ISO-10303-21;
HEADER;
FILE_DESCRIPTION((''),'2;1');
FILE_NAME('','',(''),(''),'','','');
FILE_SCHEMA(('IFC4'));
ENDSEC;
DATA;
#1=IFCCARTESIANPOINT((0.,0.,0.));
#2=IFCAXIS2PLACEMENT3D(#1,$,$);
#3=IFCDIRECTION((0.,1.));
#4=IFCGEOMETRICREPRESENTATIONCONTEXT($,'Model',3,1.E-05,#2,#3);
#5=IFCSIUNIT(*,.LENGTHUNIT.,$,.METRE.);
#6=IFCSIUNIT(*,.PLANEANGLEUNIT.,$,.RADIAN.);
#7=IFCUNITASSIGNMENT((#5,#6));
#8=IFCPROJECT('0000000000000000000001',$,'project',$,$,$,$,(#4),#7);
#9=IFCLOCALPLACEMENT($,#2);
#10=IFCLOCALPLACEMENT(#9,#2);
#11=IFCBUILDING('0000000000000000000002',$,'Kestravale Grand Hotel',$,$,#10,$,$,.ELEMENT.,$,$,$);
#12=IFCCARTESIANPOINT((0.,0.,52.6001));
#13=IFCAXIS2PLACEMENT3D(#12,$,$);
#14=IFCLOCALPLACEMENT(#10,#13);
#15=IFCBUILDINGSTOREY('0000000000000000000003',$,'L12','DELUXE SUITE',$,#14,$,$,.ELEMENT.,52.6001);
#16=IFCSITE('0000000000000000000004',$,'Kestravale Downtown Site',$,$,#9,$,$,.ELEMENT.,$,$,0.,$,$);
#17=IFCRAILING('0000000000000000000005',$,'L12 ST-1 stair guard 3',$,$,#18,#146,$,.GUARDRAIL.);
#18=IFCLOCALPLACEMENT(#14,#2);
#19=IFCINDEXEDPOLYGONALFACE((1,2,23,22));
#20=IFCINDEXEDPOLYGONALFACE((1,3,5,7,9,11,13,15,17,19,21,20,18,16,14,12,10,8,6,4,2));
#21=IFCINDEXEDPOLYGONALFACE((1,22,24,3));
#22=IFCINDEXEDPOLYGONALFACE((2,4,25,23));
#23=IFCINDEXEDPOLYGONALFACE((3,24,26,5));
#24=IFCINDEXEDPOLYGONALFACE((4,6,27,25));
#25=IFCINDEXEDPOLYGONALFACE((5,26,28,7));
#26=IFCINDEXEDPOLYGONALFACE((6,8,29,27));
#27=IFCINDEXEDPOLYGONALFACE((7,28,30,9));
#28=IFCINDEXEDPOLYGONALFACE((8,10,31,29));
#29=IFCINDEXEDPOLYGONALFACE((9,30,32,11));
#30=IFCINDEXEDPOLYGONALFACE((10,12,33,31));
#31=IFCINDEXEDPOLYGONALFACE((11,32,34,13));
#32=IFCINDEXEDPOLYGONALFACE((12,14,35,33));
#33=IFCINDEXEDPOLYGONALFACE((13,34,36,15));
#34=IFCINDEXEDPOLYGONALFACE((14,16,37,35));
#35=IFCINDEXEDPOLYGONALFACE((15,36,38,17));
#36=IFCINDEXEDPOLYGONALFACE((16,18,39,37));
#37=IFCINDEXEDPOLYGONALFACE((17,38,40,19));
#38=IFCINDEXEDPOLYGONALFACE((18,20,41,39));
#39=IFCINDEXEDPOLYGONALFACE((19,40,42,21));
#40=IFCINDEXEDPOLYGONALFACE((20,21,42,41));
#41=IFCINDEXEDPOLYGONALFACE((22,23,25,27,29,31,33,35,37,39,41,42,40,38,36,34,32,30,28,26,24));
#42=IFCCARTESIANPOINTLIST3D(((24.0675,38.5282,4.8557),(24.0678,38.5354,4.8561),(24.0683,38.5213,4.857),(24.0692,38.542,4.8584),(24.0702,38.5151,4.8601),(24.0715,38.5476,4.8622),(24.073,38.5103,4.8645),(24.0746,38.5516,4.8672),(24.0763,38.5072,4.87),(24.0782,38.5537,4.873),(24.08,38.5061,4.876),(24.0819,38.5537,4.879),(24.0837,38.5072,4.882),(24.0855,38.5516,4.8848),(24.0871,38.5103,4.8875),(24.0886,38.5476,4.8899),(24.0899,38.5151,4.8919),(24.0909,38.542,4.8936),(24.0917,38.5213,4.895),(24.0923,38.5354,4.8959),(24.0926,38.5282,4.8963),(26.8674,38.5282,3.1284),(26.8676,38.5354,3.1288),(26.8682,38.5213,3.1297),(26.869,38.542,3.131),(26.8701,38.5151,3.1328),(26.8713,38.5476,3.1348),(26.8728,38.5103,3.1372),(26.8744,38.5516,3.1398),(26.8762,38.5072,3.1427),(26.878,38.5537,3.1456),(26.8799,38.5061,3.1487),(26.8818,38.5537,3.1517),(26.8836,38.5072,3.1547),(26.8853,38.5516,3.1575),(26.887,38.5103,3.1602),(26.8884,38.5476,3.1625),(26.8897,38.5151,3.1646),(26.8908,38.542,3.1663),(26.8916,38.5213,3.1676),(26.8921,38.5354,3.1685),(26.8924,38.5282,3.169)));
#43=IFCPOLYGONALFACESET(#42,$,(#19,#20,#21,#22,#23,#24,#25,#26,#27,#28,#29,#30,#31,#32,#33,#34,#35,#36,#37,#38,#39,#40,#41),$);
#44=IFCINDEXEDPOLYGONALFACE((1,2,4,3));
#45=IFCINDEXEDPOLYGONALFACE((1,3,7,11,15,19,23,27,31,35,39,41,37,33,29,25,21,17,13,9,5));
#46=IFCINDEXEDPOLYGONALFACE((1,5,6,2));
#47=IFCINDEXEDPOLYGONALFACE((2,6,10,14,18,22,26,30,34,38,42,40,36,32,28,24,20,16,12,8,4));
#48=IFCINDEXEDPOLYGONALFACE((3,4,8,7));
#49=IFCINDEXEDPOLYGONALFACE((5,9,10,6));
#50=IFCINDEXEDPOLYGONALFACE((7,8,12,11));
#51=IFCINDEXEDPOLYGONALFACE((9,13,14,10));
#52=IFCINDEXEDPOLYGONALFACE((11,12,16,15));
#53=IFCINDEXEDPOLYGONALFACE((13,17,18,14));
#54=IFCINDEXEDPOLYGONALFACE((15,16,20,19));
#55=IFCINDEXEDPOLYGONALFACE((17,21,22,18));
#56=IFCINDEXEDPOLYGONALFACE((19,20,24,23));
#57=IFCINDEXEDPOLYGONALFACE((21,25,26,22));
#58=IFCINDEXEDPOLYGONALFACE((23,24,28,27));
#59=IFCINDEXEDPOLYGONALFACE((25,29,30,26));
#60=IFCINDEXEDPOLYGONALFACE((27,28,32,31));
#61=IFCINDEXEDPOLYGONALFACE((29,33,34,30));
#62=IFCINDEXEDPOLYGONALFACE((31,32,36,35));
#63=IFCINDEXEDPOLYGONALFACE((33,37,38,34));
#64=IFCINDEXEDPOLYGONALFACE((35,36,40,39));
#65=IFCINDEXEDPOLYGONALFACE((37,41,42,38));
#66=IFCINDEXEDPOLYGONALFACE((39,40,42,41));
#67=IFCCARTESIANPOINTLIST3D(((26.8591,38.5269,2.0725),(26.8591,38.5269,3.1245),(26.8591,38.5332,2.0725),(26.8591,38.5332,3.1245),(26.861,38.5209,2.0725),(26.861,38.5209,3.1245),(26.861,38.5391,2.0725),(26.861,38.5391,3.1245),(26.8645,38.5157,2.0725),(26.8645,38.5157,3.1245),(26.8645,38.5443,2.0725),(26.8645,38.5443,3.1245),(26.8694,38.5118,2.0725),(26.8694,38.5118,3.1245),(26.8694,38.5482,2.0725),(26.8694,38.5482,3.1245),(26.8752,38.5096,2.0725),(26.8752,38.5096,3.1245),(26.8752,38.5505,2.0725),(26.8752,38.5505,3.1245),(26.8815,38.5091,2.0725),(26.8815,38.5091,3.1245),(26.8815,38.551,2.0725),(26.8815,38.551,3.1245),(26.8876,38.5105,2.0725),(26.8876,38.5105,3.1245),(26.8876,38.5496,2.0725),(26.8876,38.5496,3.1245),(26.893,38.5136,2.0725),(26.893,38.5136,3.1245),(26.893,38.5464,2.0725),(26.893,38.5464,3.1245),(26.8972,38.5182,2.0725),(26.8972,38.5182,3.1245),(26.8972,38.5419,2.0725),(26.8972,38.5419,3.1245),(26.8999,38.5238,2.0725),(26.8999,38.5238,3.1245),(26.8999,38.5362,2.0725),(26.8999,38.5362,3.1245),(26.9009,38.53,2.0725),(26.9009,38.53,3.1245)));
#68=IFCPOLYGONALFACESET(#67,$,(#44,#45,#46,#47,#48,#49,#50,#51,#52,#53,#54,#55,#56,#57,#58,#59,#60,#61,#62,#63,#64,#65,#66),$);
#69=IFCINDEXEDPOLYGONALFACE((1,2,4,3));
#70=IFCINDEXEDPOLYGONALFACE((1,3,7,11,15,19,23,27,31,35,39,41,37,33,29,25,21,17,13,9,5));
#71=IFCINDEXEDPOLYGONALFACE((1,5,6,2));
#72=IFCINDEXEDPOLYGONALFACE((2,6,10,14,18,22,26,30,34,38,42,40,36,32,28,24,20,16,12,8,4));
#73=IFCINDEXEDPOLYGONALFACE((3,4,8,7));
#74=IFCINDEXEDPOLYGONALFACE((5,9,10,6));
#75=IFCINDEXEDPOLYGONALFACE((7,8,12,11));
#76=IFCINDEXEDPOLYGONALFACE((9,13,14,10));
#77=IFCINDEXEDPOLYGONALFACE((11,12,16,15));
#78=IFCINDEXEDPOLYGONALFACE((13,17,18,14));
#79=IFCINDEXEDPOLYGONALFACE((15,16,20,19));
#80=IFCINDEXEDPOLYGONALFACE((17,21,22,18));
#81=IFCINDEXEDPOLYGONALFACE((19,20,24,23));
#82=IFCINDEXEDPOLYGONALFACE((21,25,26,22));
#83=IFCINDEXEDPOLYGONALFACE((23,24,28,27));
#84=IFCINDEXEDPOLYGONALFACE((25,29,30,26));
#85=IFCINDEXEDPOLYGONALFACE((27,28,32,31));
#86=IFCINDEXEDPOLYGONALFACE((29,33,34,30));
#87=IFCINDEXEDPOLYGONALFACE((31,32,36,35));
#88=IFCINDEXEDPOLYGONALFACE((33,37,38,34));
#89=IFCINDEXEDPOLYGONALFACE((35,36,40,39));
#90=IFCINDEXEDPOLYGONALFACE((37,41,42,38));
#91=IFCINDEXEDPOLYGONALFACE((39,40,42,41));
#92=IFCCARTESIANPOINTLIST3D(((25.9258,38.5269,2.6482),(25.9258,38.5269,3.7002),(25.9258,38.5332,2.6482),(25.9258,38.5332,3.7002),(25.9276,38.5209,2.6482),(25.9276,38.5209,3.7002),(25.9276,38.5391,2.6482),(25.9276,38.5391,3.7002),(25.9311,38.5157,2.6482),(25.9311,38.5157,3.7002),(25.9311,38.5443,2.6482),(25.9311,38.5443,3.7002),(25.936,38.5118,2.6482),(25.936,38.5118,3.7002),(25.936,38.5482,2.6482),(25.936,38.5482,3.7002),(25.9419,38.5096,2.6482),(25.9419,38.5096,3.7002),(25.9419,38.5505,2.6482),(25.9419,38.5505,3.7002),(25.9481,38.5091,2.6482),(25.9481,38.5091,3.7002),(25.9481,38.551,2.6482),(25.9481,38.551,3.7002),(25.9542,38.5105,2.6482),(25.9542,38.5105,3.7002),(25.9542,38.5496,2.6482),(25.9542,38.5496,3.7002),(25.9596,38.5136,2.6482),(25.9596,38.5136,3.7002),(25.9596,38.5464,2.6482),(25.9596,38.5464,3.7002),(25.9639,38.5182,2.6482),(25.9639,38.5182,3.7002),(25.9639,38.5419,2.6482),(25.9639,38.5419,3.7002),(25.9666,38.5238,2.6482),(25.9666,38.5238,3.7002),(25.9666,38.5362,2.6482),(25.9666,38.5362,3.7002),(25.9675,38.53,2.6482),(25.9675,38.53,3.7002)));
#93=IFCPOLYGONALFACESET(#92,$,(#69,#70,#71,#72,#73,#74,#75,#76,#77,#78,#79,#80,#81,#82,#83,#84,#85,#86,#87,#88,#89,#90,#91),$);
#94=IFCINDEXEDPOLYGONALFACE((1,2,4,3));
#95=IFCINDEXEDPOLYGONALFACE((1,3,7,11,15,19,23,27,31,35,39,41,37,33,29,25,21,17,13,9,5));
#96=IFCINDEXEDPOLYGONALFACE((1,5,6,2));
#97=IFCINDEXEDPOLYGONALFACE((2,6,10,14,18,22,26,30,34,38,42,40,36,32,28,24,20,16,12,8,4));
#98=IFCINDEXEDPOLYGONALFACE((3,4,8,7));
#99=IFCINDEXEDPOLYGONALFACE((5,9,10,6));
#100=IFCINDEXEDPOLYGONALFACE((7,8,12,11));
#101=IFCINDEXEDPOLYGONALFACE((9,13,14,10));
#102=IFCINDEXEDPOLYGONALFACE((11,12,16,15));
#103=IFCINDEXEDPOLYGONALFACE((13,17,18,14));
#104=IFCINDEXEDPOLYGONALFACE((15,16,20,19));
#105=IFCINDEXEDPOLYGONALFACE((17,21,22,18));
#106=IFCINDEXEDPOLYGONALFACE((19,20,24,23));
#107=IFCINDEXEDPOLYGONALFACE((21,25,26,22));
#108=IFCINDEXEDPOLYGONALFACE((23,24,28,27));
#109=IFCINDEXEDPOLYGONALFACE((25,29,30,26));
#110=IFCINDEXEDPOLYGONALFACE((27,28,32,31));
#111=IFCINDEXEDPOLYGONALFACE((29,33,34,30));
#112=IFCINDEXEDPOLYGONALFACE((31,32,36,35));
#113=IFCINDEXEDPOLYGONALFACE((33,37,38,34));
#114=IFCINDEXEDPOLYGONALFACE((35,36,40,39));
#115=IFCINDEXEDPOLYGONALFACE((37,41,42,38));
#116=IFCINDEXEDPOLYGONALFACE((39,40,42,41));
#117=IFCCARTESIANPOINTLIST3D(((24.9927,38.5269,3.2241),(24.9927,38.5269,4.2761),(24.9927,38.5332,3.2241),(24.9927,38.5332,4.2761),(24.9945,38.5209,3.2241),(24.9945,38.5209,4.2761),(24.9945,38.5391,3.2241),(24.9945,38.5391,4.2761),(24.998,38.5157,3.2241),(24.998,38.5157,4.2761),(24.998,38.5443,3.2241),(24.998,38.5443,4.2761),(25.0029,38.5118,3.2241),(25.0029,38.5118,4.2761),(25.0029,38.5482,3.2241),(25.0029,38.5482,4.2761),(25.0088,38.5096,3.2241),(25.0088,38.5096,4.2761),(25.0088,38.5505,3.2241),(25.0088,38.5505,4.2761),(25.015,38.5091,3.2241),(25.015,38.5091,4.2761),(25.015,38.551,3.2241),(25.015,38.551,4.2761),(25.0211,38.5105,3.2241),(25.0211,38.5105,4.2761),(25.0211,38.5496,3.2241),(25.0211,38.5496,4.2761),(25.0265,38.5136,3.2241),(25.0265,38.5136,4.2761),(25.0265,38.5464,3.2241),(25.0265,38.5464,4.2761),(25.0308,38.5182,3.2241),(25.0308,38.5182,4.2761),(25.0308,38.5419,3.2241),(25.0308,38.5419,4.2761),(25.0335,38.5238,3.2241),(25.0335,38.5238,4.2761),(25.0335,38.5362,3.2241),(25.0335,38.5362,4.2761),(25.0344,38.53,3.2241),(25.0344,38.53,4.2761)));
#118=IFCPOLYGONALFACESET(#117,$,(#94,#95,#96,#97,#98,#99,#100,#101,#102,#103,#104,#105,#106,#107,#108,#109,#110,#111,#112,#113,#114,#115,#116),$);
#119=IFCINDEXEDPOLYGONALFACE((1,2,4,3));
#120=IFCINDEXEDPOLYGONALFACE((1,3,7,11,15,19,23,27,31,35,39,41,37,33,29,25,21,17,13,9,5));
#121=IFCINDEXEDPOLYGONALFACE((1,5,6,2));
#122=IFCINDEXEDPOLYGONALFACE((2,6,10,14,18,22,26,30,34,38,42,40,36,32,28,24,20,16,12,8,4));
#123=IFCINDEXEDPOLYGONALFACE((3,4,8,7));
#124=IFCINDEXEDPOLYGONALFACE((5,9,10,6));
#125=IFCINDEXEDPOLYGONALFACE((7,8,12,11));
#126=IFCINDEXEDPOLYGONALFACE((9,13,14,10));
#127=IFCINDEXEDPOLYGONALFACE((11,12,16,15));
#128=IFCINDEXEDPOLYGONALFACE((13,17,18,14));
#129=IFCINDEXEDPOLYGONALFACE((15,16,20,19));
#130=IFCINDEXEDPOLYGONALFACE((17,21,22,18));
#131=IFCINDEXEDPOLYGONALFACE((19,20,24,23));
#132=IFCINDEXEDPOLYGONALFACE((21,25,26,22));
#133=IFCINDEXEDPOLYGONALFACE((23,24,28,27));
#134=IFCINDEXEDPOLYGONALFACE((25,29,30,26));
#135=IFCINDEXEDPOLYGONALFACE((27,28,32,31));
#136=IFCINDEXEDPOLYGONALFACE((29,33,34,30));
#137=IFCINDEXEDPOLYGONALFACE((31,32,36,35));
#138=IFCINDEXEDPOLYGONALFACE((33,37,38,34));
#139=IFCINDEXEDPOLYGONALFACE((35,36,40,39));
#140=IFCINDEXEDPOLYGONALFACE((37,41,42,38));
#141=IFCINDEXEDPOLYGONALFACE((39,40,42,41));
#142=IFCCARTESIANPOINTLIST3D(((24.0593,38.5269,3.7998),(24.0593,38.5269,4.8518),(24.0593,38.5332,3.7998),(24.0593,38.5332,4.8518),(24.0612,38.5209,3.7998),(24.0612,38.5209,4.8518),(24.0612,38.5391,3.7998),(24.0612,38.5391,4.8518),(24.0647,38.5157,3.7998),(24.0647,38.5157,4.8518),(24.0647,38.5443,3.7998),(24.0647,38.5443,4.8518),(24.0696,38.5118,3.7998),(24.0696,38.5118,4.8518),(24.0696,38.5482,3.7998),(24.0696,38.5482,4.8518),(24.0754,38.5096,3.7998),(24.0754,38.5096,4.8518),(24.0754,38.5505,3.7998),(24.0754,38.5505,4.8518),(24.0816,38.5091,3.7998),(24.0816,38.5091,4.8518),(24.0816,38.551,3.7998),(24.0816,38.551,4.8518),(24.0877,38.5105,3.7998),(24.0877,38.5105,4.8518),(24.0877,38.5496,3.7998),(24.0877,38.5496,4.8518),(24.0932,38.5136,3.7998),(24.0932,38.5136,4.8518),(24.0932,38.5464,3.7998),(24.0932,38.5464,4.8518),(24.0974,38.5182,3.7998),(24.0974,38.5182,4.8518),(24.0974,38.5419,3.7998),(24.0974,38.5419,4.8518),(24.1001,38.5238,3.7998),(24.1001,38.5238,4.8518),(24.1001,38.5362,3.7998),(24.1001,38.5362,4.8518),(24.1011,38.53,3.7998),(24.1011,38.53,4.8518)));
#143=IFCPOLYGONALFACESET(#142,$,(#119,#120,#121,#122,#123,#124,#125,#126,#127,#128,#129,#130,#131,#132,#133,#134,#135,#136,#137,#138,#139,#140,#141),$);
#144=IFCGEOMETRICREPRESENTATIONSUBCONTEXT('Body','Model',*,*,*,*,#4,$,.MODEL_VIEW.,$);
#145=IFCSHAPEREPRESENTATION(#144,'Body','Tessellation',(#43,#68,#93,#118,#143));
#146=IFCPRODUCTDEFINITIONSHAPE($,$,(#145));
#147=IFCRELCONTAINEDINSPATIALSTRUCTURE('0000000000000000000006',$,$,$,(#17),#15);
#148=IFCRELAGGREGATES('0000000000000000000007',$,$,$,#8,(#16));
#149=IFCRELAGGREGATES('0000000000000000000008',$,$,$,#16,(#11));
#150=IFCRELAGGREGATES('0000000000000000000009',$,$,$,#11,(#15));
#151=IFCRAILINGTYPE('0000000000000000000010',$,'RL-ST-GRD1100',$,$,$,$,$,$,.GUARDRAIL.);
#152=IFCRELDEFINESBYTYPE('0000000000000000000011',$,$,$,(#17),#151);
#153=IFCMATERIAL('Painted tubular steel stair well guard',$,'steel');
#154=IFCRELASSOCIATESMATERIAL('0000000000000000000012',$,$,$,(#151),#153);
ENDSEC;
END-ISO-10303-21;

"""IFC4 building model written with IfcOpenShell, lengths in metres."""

from ifc_helpers import new_model, si_unit, direction, frame, origin, origin_2d, place, context, subcontext, project, spatial, circle, extrude, material, type_object, element, save


model = new_model("IFC4")

# Units and contexts
model_context = context("Model", 3, precision=1e-05, world=origin(), true_north=direction((0.0, 1.0)))
body_context = subcontext(model_context, "Body", "Model", "MODEL_VIEW")
ifc_project = project(units=[si_unit("LENGTHUNIT", "METRE"), si_unit("PLANEANGLEUNIT", "RADIAN")], contexts=[model_context])

# Site, building, storey
site_placement = place(None, origin())
site = spatial("IfcSite", under=ifc_project, at=site_placement, Name="Kestravale Downtown Site", CompositionType="ELEMENT", RefElevation=0.0)
building_placement = place(site_placement, origin())
building = spatial("IfcBuilding", under=site, at=building_placement, Name="Kestravale Grand Hotel", CompositionType="ELEMENT")
storey_placement = place(building_placement, frame((0.0, 0.0, 52.6001)))
storey = spatial("IfcBuildingStorey", under=building, at=storey_placement, Name="L12", Description="DELUXE SUITE", CompositionType="ELEMENT", Elevation=52.6001)

# Railing
ifc_material_1 = material(Name="Painted tubular steel stair well guard", Category="steel")
railing_type_1 = type_object("IfcRailingType", Name="RL-ST-GRD1100", PredefinedType="GUARDRAIL", material=ifc_material_1)
railing_1_placement = place(storey_placement, frame((26.8799, 38.53, 2.0725)))
element("IfcRailing", 1, at=railing_1_placement, inside=storey, type_object=railing_type_1, Name="L12 ST-1 stair guard 3", PredefinedType="GUARDRAIL", context=body_context, shape_type="SweptSolid", body=[
    extrude(circle(Radius=0.0239, at=origin_2d()), frame((0.0, 0.0, 1.0762), z_axis=(-0.851069, 0.0, 0.525054), x_axis=(0.0, -1.0, 0.0)), (0.0, 0.0, 1.0), 3.2898),
    extrude(circle(Radius=0.021, at=origin_2d()), origin(), (0.0, 0.0, 1.0), 1.052),
    extrude(circle(Radius=0.021, at=origin_2d()), frame((-0.9333, 0.0, 0.5757)), (0.0, 0.0, 1.0), 1.052),
    extrude(circle(Radius=0.021, at=origin_2d()), frame((-1.8665, 0.0, 1.1516)), (0.0, 0.0, 1.0), 1.052),
    extrude(circle(Radius=0.021, at=origin_2d()), frame((-2.7998, 0.0, 1.7273)), (0.0, 0.0, 1.0), 1.052),
])

save(model, "model.ifc")
